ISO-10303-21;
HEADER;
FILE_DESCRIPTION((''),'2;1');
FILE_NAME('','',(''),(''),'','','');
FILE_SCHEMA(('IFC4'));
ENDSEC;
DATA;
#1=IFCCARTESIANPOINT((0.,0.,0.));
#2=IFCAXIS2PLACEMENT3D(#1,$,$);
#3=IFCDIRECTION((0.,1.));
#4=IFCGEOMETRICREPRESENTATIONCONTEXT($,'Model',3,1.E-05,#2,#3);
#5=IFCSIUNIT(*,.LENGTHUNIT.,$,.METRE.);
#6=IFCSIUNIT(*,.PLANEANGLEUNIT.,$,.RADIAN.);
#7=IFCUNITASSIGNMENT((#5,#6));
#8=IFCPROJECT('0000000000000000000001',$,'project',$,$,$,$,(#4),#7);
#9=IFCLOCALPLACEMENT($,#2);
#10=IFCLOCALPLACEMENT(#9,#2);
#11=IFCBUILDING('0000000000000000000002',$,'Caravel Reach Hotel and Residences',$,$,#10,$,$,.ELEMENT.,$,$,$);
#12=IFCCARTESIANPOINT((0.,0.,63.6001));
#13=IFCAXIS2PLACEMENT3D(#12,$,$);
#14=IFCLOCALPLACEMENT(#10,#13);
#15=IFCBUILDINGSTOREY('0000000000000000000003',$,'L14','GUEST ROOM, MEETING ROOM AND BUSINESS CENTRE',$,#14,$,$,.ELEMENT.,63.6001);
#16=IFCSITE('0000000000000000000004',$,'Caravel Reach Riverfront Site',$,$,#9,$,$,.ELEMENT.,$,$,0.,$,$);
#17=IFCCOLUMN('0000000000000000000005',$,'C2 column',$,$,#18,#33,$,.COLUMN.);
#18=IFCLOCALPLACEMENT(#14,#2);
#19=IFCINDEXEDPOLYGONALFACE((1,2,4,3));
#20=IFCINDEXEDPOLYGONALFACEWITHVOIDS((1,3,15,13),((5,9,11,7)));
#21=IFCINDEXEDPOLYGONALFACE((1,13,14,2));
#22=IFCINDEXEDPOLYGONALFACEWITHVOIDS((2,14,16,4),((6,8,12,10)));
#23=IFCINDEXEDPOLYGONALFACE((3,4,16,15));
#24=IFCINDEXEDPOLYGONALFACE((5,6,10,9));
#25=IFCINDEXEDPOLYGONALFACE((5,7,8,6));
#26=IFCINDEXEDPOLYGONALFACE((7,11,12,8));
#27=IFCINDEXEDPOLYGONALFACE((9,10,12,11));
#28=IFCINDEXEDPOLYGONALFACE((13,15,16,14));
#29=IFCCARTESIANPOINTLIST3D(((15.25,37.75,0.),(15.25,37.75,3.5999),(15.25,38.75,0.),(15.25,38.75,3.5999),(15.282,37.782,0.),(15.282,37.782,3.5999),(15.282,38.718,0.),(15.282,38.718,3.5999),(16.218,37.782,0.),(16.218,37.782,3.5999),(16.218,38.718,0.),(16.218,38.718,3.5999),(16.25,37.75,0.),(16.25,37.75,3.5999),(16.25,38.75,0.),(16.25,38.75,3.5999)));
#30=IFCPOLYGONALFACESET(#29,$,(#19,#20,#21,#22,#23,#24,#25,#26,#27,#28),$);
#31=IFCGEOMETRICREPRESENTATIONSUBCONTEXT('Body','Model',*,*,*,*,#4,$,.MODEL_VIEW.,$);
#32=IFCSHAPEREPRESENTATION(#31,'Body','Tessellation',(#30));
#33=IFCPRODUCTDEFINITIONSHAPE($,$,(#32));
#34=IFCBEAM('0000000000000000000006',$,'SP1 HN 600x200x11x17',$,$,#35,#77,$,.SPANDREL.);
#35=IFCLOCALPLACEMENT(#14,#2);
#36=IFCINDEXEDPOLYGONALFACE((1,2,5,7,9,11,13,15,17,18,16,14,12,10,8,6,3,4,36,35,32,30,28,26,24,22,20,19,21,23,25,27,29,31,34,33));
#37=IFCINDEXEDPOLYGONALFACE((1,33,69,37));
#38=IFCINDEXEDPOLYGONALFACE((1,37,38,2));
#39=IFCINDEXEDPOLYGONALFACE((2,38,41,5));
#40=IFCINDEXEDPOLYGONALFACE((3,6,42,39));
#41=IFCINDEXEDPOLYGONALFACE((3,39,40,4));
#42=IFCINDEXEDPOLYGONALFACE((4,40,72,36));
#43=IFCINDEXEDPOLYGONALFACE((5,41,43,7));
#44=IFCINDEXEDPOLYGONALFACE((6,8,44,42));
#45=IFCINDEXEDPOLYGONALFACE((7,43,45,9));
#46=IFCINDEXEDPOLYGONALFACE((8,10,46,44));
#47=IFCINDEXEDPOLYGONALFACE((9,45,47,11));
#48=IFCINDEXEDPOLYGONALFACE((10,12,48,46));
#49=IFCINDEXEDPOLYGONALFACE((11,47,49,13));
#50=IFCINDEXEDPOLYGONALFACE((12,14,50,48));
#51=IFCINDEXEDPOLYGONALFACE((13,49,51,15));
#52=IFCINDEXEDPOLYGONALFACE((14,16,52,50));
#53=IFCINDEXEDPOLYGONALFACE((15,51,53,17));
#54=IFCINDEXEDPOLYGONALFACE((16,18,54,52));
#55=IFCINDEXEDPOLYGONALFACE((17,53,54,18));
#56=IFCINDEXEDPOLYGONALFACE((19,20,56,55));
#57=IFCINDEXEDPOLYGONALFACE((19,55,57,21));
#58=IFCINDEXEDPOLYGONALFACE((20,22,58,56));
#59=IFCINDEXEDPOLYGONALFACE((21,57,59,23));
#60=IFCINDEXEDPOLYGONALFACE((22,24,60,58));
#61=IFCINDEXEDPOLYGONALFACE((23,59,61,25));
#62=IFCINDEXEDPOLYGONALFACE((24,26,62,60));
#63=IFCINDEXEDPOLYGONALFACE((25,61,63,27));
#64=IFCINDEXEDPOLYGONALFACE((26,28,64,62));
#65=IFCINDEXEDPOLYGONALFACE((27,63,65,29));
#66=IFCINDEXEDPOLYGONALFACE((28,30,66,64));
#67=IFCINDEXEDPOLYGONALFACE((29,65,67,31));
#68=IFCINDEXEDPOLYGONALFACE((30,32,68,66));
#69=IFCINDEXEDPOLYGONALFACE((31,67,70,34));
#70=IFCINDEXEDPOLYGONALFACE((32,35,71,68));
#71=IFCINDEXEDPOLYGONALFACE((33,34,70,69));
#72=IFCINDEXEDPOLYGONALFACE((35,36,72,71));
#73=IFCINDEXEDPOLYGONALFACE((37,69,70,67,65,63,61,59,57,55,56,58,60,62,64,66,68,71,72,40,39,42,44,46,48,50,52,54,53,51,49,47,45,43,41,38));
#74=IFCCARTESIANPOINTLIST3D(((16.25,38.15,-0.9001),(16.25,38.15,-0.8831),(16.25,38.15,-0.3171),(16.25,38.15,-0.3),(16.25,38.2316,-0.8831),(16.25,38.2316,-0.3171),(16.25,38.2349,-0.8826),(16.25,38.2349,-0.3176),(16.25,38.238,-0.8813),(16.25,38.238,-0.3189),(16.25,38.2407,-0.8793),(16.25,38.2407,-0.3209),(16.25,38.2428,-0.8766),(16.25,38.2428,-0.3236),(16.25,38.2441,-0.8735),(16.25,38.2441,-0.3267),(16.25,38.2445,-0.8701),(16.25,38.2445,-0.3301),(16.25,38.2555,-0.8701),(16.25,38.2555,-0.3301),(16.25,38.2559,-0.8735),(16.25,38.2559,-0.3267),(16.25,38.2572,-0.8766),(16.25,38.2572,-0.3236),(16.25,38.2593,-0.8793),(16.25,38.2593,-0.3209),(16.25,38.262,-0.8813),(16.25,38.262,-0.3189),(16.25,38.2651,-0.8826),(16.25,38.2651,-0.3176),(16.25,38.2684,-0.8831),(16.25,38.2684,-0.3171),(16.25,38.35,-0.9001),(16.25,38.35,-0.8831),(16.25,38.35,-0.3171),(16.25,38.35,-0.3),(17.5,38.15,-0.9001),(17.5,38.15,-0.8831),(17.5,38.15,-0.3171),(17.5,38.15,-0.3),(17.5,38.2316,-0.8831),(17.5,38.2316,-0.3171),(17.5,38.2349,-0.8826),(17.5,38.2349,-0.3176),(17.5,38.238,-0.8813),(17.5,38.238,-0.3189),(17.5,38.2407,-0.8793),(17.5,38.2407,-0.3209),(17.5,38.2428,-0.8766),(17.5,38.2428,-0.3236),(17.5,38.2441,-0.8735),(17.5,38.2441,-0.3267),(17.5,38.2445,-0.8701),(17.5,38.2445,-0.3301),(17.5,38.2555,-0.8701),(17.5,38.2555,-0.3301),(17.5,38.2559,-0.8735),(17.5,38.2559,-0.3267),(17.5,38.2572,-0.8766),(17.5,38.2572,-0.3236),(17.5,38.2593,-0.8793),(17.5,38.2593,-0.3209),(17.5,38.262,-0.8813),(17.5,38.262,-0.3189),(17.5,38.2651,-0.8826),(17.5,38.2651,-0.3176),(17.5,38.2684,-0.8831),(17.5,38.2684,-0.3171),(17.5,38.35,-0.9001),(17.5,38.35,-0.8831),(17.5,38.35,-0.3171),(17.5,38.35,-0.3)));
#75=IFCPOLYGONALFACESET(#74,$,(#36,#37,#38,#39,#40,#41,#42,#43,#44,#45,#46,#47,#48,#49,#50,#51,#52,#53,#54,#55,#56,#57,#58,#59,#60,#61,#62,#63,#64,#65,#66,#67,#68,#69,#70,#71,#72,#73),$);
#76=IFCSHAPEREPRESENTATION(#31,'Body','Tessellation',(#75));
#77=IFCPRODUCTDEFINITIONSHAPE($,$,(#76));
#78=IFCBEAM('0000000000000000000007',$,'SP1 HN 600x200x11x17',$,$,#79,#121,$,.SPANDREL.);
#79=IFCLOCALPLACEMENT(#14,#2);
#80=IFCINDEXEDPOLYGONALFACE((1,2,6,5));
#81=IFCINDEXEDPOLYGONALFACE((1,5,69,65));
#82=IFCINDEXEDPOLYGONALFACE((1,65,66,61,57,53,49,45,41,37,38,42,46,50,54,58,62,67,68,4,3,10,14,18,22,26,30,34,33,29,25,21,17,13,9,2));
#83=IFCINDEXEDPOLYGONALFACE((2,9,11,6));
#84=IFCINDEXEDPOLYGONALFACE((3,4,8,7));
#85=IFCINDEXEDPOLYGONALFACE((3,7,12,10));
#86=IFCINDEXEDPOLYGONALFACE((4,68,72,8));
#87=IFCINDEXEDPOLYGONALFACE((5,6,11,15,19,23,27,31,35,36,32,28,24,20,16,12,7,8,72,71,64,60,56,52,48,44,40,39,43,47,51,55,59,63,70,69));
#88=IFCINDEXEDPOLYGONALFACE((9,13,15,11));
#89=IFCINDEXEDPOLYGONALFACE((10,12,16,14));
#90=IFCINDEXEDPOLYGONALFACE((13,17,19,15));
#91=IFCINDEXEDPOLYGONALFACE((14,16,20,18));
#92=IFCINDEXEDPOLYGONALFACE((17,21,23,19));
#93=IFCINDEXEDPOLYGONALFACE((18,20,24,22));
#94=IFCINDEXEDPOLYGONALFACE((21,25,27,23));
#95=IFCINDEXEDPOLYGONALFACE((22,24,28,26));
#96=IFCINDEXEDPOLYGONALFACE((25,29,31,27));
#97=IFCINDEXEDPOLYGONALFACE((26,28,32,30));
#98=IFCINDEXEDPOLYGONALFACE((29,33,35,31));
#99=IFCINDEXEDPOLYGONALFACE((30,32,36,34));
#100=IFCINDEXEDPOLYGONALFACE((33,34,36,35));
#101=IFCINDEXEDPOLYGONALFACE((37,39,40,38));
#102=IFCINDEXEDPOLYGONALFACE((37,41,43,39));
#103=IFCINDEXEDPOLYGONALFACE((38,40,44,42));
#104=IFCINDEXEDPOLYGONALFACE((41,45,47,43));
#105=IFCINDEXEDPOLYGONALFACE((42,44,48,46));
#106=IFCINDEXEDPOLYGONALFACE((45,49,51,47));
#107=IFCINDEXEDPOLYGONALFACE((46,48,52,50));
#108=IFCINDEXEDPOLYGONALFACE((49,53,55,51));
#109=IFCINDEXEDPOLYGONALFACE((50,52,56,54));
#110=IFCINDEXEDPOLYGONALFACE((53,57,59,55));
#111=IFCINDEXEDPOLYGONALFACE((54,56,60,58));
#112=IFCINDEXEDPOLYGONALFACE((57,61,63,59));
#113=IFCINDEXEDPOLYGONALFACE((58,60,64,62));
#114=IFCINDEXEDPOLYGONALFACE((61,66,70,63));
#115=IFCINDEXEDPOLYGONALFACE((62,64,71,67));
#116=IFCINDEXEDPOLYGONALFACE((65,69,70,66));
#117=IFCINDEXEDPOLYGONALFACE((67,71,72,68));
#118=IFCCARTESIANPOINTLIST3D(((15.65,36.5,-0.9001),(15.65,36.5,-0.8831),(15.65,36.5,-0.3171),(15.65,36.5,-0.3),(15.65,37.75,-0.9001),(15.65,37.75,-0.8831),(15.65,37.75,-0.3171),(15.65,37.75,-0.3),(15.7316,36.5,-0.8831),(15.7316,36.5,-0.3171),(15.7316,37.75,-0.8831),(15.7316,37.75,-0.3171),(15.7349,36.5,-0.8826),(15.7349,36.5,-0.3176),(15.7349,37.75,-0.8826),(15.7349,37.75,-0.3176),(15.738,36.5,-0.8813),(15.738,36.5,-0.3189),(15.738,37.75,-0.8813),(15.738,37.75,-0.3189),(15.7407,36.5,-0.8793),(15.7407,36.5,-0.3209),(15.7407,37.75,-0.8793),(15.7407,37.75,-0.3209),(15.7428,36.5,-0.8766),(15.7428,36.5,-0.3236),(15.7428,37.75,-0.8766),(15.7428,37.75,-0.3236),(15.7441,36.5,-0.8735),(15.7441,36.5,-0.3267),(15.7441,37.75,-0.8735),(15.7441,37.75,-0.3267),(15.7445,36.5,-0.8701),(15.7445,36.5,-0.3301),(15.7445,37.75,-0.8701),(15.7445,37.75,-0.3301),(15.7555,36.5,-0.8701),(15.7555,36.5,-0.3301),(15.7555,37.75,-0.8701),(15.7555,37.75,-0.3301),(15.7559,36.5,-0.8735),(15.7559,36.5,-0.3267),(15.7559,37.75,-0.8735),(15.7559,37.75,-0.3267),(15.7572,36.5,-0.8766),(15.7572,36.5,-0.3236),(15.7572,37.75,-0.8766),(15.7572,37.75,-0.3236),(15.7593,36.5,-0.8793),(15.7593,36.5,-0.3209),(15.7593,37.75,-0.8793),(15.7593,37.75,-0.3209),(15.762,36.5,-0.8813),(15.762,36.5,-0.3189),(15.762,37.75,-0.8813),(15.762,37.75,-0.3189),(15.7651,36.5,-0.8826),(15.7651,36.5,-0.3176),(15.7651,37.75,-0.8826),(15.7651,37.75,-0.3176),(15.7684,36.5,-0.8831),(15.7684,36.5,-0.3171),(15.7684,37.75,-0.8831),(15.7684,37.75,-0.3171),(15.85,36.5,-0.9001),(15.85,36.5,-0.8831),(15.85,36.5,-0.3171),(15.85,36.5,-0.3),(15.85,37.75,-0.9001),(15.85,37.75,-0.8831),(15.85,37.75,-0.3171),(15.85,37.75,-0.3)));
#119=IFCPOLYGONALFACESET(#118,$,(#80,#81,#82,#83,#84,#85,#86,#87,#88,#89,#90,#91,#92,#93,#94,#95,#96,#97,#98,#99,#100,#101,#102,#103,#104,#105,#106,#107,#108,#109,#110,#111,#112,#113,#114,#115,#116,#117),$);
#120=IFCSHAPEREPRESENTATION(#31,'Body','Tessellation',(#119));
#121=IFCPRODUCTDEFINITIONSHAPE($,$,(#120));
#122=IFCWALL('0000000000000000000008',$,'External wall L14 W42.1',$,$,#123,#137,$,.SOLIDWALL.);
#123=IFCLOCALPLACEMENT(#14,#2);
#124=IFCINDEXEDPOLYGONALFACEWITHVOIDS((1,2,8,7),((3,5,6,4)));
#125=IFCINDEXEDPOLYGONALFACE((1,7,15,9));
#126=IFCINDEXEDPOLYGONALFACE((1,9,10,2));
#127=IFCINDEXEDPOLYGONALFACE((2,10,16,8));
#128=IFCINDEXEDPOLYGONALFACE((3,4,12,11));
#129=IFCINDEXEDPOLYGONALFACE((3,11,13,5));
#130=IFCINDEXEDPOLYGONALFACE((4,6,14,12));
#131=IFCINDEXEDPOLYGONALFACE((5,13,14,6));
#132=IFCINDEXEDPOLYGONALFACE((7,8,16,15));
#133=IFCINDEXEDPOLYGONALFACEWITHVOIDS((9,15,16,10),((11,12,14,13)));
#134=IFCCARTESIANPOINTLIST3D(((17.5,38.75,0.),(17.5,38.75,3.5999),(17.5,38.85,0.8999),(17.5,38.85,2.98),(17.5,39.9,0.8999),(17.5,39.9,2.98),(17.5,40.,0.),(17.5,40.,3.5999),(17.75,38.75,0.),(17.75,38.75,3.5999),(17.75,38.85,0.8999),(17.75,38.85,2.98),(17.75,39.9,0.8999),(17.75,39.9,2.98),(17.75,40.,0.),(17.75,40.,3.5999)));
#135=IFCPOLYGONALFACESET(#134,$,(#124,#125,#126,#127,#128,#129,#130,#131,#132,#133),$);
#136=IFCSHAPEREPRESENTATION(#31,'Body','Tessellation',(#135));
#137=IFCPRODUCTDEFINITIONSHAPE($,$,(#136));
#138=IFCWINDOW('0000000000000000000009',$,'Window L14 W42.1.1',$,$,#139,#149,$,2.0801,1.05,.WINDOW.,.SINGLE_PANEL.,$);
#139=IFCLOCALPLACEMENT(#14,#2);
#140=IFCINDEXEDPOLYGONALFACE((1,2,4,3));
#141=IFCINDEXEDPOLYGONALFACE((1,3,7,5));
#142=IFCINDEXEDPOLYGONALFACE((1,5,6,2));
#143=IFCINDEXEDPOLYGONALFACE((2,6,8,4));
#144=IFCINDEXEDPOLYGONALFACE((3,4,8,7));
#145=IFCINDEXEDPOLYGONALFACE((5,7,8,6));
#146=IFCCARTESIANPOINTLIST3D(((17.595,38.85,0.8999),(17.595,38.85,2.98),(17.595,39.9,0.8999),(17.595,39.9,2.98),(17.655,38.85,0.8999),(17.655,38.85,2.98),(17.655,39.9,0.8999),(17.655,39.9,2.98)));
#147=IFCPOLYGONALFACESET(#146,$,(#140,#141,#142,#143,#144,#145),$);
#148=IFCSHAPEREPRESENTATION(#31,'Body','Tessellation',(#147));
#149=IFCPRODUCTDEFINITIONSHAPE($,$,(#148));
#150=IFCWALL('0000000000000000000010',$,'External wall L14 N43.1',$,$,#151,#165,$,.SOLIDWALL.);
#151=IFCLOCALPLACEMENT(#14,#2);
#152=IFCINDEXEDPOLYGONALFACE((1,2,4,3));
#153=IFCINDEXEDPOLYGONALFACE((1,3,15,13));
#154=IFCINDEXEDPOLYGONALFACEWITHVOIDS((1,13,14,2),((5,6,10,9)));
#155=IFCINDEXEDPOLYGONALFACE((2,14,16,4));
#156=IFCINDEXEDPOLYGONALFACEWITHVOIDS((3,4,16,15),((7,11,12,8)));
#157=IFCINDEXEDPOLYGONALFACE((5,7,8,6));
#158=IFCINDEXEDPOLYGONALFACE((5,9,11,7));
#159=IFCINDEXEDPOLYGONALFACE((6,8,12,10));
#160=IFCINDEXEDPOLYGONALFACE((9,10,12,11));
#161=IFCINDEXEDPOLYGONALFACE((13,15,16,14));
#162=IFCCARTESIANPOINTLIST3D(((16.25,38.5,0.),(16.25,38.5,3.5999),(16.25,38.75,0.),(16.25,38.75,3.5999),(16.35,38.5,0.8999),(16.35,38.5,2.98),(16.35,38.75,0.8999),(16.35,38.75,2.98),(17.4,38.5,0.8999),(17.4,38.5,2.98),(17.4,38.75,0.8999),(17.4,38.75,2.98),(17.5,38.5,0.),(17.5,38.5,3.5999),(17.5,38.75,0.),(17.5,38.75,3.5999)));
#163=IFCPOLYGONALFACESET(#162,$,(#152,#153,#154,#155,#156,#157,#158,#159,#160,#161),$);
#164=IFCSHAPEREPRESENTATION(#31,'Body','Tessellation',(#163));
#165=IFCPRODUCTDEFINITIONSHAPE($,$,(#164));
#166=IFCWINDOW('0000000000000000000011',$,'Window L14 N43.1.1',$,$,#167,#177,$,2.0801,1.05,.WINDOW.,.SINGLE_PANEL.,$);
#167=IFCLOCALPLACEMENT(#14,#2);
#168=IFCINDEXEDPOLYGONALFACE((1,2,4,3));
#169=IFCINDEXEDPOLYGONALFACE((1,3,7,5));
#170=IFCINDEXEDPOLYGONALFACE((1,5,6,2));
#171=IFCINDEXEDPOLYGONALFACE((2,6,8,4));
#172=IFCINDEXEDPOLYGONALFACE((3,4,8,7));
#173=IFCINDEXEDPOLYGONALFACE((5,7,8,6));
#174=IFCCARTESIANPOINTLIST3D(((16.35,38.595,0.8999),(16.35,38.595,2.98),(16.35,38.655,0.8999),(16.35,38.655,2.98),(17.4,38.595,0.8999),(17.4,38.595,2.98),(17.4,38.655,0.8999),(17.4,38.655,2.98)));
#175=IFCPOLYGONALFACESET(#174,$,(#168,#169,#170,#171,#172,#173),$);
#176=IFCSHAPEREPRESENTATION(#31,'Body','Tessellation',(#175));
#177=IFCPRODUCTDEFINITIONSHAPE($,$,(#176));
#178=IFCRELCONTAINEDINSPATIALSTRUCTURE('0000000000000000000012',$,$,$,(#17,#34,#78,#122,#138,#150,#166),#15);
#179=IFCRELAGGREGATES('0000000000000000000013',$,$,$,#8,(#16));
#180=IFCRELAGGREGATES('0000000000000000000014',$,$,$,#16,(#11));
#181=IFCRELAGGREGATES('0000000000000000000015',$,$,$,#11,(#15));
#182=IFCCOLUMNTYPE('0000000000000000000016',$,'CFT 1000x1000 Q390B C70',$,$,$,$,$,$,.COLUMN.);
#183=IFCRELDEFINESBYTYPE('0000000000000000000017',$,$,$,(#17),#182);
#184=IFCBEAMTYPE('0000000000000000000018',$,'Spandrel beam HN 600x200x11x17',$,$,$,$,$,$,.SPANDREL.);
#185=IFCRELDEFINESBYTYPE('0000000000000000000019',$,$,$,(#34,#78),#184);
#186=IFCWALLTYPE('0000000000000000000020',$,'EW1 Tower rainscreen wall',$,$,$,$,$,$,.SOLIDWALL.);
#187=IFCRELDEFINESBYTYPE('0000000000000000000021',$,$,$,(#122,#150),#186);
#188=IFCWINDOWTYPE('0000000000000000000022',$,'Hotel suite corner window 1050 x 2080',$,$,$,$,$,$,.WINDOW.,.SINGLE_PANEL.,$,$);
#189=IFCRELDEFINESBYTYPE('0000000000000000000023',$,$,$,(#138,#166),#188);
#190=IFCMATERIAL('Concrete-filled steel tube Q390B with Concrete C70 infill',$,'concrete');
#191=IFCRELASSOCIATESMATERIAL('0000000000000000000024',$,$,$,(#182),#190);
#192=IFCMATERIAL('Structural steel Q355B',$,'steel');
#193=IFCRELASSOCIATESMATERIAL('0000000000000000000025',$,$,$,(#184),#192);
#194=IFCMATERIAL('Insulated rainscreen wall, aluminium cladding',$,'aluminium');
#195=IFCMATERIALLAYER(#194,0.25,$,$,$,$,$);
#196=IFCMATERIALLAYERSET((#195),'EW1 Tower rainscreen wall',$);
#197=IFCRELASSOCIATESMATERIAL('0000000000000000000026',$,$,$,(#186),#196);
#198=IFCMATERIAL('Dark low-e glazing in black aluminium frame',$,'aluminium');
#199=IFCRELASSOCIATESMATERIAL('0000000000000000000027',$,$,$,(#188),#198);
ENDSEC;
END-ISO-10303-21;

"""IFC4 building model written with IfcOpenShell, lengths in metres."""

from ifc_helpers import new_model, si_unit, direction, frame, frame_2d, origin, origin_2d, place, context, subcontext, project, spatial, rectangle, hollow_rectangle, i_section, extrude, material, layer, layer_set, material_profile, profile_set, type_object, element, fill, save


model = new_model("IFC4")

# Units and contexts
model_context = context("Model", 3, precision=1e-05, world=origin(), true_north=direction((0.0, 1.0)))
body_context = subcontext(model_context, "Body", "Model", "MODEL_VIEW")
ifc_project = project(units=[si_unit("LENGTHUNIT", "METRE"), si_unit("PLANEANGLEUNIT", "RADIAN")], contexts=[model_context])

# Site, building, storey
site_placement = place(None, origin())
site = spatial("IfcSite", under=ifc_project, at=site_placement, Name="Caravel Reach Riverfront Site", CompositionType="ELEMENT", RefElevation=0.0)
building_placement = place(site_placement, origin())
building = spatial("IfcBuilding", under=site, at=building_placement, Name="Caravel Reach Hotel and Residences", CompositionType="ELEMENT")
storey_placement = place(building_placement, frame((0.0, 0.0, 63.6001)))
storey = spatial("IfcBuildingStorey", under=building, at=storey_placement, Name="L14", Description="GUEST ROOM, MEETING ROOM AND BUSINESS CENTRE", CompositionType="ELEMENT", Elevation=63.6001)

# Column
ifc_material_1 = material(Name="Concrete-filled steel tube Q390B with Concrete C70 infill", Category="concrete")
ifc_material_profile_1 = material_profile(ifc_material_1, hollow_rectangle(XDim=1.0, YDim=1.0, WallThickness=0.032, at=origin_2d()), Name="RHS 1000x1000x32")
ifc_profile_set_1 = profile_set([ifc_material_profile_1], Name="Concrete-filled steel tube Q390B with Concrete C70 infill")
column_type = type_object("IfcColumnType", Name="CFT 1000x1000 Q390B C70", PredefinedType="COLUMN", material=ifc_profile_set_1)
column_placement = place(storey_placement, frame((15.75, 38.25, 0.0), z_axis=(0.0, 0.0, 1.0), x_axis=(1.0, 0.0, 0.0)))
element("IfcColumn", 1, at=column_placement, inside=storey, type_object=column_type, Name="C2 column", PredefinedType="COLUMN", context=body_context, shape_type="SweptSolid", body=[
    extrude(hollow_rectangle(XDim=1.0, YDim=1.0, WallThickness=0.032, at=origin_2d()), origin(), (0.0, 0.0, 1.0), 3.5999),
])

# Beams
ifc_material_2 = material(Name="Structural steel Q355B", Category="steel")
ifc_material_profile_2 = material_profile(ifc_material_2, i_section(OverallWidth=0.2, OverallDepth=0.6001, WebThickness=0.011, FlangeThickness=0.0171, FilletRadius=0.0129, at=origin_2d()), Name="HN 600x200x11x17")
ifc_profile_set_2 = profile_set([ifc_material_profile_2], Name="Structural steel Q355B")
beam_type = type_object("IfcBeamType", Name="Spandrel beam HN 600x200x11x17", PredefinedType="SPANDREL", material=ifc_profile_set_2)
for number, where, z_axis, x_axis, name in (
    (2, (17.5, 38.25, -0.6001), (-1.0, 0.0, 0.0), (0.0, -1.0, 0.0), "SP1 HN 600x200x11x17"),
    (3, (15.75, 37.75, -0.6001), (0.0, -1.0, 0.0), (1.0, 0.0, 0.0), "SP1 HN 600x200x11x17"),
):
    element("IfcBeam", number, at=place(storey_placement, frame(where, z_axis=z_axis, x_axis=x_axis)), inside=storey, type_object=beam_type, Name=name, PredefinedType="SPANDREL", context=body_context, shape_type="SweptSolid", body=[
        extrude(i_section(OverallWidth=0.2, OverallDepth=0.6001, WebThickness=0.011, FlangeThickness=0.0171, FilletRadius=0.0129, at=origin_2d()), origin(), (0.0, 0.0, 1.0), 1.25),
    ])

# Walls, openings, windows
ifc_material_3 = material(Name="Insulated rainscreen wall, aluminium cladding", Category="aluminium")
ifc_layer = layer(ifc_material_3, 0.25)
ifc_layer_set = layer_set([ifc_layer], Name="EW1 Tower rainscreen wall")
wall_type = type_object("IfcWallType", Name="EW1 Tower rainscreen wall", PredefinedType="SOLIDWALL", material=ifc_layer_set)
wall_1_placement = place(storey_placement, frame((17.625, 40.0, 0.0), z_axis=(0.0, 0.0, 1.0), x_axis=(0.0, -1.0, 0.0)))
wall_1 = element("IfcWall", 4, at=wall_1_placement, inside=storey, type_object=wall_type, Name="External wall L14 W42.1", PredefinedType="SOLIDWALL", context=body_context, shape_type="SweptSolid", body=[
    extrude(rectangle(XDim=1.25, YDim=0.25, at=frame_2d((0.625, 0.0))), origin(), (0.0, 0.0, 1.0), 3.5999),
])
opening_1_placement = place(wall_1_placement, frame((0.1001, 0.0, 0.8999)))
opening_1 = element("IfcOpeningElement", 5, at=opening_1_placement, cuts=wall_1, PredefinedType="OPENING", context=body_context, shape_type="SweptSolid", body=[
    extrude(rectangle(XDim=1.05, YDim=2.0801, at=frame_2d((0.5249, 1.04))), frame((0.0, 0.135, 0.0), z_axis=(0.0, -1.0, 0.0), x_axis=(1.0, 0.0, 0.0)), (0.0, 0.0, 1.0), 0.27),
])
ifc_material_4 = material(Name="Dark low-e glazing in black aluminium frame", Category="aluminium")
window_type_1 = type_object("IfcWindowType", Name="Hotel suite corner window 1050 x 2080", PartitioningType="SINGLE_PANEL", PredefinedType="WINDOW", material=ifc_material_4)
window_1_placement = place(opening_1_placement, origin())
window_1 = element("IfcWindow", 6, at=window_1_placement, inside=storey, type_object=window_type_1, Name="Window L14 W42.1.1", OverallHeight=2.0801, OverallWidth=1.05, PartitioningType="SINGLE_PANEL", PredefinedType="WINDOW", context=body_context, shape_type="SweptSolid", body=[
    extrude(rectangle(XDim=1.05, YDim=2.0801, at=frame_2d((0.5249, 1.04))), frame((0.0, 0.03, 0.0), z_axis=(0.0, -1.0, 0.0), x_axis=(1.0, 0.0, 0.0)), (0.0, 0.0, 1.0), 0.0601),
])
fill(opening_1, window_1)
wall_2_placement = place(storey_placement, frame((17.5, 38.625, 0.0), z_axis=(0.0, 0.0, 1.0), x_axis=(-1.0, 0.0, 0.0)))
wall_2 = element("IfcWall", 7, at=wall_2_placement, inside=storey, type_object=wall_type, Name="External wall L14 N43.1", PredefinedType="SOLIDWALL", context=body_context, shape_type="SweptSolid", body=[
    extrude(rectangle(XDim=1.25, YDim=0.25, at=frame_2d((0.625, 0.0))), origin(), (0.0, 0.0, 1.0), 3.5999),
])
opening_2_placement = place(wall_2_placement, frame((0.1001, 0.0, 0.8999)))
opening_2 = element("IfcOpeningElement", 8, at=opening_2_placement, cuts=wall_2, PredefinedType="OPENING", context=body_context, shape_type="SweptSolid", body=[
    extrude(rectangle(XDim=1.05, YDim=2.0801, at=frame_2d((0.5249, 1.04))), frame((0.0, 0.135, 0.0), z_axis=(0.0, -1.0, 0.0), x_axis=(1.0, 0.0, 0.0)), (0.0, 0.0, 1.0), 0.27),
])
window_2_placement = place(opening_2_placement, origin())
window_2 = element("IfcWindow", 9, at=window_2_placement, inside=storey, type_object=window_type_1, Name="Window L14 N43.1.1", OverallHeight=2.0801, OverallWidth=1.05, PartitioningType="SINGLE_PANEL", PredefinedType="WINDOW", context=body_context, shape_type="SweptSolid", body=[
    extrude(rectangle(XDim=1.05, YDim=2.0801, at=frame_2d((0.5249, 1.04))), frame((0.0, 0.03, 0.0), z_axis=(0.0, -1.0, 0.0), x_axis=(1.0, 0.0, 0.0)), (0.0, 0.0, 1.0), 0.0601),
])
fill(opening_2, window_2)

save(model, "model.ifc")
